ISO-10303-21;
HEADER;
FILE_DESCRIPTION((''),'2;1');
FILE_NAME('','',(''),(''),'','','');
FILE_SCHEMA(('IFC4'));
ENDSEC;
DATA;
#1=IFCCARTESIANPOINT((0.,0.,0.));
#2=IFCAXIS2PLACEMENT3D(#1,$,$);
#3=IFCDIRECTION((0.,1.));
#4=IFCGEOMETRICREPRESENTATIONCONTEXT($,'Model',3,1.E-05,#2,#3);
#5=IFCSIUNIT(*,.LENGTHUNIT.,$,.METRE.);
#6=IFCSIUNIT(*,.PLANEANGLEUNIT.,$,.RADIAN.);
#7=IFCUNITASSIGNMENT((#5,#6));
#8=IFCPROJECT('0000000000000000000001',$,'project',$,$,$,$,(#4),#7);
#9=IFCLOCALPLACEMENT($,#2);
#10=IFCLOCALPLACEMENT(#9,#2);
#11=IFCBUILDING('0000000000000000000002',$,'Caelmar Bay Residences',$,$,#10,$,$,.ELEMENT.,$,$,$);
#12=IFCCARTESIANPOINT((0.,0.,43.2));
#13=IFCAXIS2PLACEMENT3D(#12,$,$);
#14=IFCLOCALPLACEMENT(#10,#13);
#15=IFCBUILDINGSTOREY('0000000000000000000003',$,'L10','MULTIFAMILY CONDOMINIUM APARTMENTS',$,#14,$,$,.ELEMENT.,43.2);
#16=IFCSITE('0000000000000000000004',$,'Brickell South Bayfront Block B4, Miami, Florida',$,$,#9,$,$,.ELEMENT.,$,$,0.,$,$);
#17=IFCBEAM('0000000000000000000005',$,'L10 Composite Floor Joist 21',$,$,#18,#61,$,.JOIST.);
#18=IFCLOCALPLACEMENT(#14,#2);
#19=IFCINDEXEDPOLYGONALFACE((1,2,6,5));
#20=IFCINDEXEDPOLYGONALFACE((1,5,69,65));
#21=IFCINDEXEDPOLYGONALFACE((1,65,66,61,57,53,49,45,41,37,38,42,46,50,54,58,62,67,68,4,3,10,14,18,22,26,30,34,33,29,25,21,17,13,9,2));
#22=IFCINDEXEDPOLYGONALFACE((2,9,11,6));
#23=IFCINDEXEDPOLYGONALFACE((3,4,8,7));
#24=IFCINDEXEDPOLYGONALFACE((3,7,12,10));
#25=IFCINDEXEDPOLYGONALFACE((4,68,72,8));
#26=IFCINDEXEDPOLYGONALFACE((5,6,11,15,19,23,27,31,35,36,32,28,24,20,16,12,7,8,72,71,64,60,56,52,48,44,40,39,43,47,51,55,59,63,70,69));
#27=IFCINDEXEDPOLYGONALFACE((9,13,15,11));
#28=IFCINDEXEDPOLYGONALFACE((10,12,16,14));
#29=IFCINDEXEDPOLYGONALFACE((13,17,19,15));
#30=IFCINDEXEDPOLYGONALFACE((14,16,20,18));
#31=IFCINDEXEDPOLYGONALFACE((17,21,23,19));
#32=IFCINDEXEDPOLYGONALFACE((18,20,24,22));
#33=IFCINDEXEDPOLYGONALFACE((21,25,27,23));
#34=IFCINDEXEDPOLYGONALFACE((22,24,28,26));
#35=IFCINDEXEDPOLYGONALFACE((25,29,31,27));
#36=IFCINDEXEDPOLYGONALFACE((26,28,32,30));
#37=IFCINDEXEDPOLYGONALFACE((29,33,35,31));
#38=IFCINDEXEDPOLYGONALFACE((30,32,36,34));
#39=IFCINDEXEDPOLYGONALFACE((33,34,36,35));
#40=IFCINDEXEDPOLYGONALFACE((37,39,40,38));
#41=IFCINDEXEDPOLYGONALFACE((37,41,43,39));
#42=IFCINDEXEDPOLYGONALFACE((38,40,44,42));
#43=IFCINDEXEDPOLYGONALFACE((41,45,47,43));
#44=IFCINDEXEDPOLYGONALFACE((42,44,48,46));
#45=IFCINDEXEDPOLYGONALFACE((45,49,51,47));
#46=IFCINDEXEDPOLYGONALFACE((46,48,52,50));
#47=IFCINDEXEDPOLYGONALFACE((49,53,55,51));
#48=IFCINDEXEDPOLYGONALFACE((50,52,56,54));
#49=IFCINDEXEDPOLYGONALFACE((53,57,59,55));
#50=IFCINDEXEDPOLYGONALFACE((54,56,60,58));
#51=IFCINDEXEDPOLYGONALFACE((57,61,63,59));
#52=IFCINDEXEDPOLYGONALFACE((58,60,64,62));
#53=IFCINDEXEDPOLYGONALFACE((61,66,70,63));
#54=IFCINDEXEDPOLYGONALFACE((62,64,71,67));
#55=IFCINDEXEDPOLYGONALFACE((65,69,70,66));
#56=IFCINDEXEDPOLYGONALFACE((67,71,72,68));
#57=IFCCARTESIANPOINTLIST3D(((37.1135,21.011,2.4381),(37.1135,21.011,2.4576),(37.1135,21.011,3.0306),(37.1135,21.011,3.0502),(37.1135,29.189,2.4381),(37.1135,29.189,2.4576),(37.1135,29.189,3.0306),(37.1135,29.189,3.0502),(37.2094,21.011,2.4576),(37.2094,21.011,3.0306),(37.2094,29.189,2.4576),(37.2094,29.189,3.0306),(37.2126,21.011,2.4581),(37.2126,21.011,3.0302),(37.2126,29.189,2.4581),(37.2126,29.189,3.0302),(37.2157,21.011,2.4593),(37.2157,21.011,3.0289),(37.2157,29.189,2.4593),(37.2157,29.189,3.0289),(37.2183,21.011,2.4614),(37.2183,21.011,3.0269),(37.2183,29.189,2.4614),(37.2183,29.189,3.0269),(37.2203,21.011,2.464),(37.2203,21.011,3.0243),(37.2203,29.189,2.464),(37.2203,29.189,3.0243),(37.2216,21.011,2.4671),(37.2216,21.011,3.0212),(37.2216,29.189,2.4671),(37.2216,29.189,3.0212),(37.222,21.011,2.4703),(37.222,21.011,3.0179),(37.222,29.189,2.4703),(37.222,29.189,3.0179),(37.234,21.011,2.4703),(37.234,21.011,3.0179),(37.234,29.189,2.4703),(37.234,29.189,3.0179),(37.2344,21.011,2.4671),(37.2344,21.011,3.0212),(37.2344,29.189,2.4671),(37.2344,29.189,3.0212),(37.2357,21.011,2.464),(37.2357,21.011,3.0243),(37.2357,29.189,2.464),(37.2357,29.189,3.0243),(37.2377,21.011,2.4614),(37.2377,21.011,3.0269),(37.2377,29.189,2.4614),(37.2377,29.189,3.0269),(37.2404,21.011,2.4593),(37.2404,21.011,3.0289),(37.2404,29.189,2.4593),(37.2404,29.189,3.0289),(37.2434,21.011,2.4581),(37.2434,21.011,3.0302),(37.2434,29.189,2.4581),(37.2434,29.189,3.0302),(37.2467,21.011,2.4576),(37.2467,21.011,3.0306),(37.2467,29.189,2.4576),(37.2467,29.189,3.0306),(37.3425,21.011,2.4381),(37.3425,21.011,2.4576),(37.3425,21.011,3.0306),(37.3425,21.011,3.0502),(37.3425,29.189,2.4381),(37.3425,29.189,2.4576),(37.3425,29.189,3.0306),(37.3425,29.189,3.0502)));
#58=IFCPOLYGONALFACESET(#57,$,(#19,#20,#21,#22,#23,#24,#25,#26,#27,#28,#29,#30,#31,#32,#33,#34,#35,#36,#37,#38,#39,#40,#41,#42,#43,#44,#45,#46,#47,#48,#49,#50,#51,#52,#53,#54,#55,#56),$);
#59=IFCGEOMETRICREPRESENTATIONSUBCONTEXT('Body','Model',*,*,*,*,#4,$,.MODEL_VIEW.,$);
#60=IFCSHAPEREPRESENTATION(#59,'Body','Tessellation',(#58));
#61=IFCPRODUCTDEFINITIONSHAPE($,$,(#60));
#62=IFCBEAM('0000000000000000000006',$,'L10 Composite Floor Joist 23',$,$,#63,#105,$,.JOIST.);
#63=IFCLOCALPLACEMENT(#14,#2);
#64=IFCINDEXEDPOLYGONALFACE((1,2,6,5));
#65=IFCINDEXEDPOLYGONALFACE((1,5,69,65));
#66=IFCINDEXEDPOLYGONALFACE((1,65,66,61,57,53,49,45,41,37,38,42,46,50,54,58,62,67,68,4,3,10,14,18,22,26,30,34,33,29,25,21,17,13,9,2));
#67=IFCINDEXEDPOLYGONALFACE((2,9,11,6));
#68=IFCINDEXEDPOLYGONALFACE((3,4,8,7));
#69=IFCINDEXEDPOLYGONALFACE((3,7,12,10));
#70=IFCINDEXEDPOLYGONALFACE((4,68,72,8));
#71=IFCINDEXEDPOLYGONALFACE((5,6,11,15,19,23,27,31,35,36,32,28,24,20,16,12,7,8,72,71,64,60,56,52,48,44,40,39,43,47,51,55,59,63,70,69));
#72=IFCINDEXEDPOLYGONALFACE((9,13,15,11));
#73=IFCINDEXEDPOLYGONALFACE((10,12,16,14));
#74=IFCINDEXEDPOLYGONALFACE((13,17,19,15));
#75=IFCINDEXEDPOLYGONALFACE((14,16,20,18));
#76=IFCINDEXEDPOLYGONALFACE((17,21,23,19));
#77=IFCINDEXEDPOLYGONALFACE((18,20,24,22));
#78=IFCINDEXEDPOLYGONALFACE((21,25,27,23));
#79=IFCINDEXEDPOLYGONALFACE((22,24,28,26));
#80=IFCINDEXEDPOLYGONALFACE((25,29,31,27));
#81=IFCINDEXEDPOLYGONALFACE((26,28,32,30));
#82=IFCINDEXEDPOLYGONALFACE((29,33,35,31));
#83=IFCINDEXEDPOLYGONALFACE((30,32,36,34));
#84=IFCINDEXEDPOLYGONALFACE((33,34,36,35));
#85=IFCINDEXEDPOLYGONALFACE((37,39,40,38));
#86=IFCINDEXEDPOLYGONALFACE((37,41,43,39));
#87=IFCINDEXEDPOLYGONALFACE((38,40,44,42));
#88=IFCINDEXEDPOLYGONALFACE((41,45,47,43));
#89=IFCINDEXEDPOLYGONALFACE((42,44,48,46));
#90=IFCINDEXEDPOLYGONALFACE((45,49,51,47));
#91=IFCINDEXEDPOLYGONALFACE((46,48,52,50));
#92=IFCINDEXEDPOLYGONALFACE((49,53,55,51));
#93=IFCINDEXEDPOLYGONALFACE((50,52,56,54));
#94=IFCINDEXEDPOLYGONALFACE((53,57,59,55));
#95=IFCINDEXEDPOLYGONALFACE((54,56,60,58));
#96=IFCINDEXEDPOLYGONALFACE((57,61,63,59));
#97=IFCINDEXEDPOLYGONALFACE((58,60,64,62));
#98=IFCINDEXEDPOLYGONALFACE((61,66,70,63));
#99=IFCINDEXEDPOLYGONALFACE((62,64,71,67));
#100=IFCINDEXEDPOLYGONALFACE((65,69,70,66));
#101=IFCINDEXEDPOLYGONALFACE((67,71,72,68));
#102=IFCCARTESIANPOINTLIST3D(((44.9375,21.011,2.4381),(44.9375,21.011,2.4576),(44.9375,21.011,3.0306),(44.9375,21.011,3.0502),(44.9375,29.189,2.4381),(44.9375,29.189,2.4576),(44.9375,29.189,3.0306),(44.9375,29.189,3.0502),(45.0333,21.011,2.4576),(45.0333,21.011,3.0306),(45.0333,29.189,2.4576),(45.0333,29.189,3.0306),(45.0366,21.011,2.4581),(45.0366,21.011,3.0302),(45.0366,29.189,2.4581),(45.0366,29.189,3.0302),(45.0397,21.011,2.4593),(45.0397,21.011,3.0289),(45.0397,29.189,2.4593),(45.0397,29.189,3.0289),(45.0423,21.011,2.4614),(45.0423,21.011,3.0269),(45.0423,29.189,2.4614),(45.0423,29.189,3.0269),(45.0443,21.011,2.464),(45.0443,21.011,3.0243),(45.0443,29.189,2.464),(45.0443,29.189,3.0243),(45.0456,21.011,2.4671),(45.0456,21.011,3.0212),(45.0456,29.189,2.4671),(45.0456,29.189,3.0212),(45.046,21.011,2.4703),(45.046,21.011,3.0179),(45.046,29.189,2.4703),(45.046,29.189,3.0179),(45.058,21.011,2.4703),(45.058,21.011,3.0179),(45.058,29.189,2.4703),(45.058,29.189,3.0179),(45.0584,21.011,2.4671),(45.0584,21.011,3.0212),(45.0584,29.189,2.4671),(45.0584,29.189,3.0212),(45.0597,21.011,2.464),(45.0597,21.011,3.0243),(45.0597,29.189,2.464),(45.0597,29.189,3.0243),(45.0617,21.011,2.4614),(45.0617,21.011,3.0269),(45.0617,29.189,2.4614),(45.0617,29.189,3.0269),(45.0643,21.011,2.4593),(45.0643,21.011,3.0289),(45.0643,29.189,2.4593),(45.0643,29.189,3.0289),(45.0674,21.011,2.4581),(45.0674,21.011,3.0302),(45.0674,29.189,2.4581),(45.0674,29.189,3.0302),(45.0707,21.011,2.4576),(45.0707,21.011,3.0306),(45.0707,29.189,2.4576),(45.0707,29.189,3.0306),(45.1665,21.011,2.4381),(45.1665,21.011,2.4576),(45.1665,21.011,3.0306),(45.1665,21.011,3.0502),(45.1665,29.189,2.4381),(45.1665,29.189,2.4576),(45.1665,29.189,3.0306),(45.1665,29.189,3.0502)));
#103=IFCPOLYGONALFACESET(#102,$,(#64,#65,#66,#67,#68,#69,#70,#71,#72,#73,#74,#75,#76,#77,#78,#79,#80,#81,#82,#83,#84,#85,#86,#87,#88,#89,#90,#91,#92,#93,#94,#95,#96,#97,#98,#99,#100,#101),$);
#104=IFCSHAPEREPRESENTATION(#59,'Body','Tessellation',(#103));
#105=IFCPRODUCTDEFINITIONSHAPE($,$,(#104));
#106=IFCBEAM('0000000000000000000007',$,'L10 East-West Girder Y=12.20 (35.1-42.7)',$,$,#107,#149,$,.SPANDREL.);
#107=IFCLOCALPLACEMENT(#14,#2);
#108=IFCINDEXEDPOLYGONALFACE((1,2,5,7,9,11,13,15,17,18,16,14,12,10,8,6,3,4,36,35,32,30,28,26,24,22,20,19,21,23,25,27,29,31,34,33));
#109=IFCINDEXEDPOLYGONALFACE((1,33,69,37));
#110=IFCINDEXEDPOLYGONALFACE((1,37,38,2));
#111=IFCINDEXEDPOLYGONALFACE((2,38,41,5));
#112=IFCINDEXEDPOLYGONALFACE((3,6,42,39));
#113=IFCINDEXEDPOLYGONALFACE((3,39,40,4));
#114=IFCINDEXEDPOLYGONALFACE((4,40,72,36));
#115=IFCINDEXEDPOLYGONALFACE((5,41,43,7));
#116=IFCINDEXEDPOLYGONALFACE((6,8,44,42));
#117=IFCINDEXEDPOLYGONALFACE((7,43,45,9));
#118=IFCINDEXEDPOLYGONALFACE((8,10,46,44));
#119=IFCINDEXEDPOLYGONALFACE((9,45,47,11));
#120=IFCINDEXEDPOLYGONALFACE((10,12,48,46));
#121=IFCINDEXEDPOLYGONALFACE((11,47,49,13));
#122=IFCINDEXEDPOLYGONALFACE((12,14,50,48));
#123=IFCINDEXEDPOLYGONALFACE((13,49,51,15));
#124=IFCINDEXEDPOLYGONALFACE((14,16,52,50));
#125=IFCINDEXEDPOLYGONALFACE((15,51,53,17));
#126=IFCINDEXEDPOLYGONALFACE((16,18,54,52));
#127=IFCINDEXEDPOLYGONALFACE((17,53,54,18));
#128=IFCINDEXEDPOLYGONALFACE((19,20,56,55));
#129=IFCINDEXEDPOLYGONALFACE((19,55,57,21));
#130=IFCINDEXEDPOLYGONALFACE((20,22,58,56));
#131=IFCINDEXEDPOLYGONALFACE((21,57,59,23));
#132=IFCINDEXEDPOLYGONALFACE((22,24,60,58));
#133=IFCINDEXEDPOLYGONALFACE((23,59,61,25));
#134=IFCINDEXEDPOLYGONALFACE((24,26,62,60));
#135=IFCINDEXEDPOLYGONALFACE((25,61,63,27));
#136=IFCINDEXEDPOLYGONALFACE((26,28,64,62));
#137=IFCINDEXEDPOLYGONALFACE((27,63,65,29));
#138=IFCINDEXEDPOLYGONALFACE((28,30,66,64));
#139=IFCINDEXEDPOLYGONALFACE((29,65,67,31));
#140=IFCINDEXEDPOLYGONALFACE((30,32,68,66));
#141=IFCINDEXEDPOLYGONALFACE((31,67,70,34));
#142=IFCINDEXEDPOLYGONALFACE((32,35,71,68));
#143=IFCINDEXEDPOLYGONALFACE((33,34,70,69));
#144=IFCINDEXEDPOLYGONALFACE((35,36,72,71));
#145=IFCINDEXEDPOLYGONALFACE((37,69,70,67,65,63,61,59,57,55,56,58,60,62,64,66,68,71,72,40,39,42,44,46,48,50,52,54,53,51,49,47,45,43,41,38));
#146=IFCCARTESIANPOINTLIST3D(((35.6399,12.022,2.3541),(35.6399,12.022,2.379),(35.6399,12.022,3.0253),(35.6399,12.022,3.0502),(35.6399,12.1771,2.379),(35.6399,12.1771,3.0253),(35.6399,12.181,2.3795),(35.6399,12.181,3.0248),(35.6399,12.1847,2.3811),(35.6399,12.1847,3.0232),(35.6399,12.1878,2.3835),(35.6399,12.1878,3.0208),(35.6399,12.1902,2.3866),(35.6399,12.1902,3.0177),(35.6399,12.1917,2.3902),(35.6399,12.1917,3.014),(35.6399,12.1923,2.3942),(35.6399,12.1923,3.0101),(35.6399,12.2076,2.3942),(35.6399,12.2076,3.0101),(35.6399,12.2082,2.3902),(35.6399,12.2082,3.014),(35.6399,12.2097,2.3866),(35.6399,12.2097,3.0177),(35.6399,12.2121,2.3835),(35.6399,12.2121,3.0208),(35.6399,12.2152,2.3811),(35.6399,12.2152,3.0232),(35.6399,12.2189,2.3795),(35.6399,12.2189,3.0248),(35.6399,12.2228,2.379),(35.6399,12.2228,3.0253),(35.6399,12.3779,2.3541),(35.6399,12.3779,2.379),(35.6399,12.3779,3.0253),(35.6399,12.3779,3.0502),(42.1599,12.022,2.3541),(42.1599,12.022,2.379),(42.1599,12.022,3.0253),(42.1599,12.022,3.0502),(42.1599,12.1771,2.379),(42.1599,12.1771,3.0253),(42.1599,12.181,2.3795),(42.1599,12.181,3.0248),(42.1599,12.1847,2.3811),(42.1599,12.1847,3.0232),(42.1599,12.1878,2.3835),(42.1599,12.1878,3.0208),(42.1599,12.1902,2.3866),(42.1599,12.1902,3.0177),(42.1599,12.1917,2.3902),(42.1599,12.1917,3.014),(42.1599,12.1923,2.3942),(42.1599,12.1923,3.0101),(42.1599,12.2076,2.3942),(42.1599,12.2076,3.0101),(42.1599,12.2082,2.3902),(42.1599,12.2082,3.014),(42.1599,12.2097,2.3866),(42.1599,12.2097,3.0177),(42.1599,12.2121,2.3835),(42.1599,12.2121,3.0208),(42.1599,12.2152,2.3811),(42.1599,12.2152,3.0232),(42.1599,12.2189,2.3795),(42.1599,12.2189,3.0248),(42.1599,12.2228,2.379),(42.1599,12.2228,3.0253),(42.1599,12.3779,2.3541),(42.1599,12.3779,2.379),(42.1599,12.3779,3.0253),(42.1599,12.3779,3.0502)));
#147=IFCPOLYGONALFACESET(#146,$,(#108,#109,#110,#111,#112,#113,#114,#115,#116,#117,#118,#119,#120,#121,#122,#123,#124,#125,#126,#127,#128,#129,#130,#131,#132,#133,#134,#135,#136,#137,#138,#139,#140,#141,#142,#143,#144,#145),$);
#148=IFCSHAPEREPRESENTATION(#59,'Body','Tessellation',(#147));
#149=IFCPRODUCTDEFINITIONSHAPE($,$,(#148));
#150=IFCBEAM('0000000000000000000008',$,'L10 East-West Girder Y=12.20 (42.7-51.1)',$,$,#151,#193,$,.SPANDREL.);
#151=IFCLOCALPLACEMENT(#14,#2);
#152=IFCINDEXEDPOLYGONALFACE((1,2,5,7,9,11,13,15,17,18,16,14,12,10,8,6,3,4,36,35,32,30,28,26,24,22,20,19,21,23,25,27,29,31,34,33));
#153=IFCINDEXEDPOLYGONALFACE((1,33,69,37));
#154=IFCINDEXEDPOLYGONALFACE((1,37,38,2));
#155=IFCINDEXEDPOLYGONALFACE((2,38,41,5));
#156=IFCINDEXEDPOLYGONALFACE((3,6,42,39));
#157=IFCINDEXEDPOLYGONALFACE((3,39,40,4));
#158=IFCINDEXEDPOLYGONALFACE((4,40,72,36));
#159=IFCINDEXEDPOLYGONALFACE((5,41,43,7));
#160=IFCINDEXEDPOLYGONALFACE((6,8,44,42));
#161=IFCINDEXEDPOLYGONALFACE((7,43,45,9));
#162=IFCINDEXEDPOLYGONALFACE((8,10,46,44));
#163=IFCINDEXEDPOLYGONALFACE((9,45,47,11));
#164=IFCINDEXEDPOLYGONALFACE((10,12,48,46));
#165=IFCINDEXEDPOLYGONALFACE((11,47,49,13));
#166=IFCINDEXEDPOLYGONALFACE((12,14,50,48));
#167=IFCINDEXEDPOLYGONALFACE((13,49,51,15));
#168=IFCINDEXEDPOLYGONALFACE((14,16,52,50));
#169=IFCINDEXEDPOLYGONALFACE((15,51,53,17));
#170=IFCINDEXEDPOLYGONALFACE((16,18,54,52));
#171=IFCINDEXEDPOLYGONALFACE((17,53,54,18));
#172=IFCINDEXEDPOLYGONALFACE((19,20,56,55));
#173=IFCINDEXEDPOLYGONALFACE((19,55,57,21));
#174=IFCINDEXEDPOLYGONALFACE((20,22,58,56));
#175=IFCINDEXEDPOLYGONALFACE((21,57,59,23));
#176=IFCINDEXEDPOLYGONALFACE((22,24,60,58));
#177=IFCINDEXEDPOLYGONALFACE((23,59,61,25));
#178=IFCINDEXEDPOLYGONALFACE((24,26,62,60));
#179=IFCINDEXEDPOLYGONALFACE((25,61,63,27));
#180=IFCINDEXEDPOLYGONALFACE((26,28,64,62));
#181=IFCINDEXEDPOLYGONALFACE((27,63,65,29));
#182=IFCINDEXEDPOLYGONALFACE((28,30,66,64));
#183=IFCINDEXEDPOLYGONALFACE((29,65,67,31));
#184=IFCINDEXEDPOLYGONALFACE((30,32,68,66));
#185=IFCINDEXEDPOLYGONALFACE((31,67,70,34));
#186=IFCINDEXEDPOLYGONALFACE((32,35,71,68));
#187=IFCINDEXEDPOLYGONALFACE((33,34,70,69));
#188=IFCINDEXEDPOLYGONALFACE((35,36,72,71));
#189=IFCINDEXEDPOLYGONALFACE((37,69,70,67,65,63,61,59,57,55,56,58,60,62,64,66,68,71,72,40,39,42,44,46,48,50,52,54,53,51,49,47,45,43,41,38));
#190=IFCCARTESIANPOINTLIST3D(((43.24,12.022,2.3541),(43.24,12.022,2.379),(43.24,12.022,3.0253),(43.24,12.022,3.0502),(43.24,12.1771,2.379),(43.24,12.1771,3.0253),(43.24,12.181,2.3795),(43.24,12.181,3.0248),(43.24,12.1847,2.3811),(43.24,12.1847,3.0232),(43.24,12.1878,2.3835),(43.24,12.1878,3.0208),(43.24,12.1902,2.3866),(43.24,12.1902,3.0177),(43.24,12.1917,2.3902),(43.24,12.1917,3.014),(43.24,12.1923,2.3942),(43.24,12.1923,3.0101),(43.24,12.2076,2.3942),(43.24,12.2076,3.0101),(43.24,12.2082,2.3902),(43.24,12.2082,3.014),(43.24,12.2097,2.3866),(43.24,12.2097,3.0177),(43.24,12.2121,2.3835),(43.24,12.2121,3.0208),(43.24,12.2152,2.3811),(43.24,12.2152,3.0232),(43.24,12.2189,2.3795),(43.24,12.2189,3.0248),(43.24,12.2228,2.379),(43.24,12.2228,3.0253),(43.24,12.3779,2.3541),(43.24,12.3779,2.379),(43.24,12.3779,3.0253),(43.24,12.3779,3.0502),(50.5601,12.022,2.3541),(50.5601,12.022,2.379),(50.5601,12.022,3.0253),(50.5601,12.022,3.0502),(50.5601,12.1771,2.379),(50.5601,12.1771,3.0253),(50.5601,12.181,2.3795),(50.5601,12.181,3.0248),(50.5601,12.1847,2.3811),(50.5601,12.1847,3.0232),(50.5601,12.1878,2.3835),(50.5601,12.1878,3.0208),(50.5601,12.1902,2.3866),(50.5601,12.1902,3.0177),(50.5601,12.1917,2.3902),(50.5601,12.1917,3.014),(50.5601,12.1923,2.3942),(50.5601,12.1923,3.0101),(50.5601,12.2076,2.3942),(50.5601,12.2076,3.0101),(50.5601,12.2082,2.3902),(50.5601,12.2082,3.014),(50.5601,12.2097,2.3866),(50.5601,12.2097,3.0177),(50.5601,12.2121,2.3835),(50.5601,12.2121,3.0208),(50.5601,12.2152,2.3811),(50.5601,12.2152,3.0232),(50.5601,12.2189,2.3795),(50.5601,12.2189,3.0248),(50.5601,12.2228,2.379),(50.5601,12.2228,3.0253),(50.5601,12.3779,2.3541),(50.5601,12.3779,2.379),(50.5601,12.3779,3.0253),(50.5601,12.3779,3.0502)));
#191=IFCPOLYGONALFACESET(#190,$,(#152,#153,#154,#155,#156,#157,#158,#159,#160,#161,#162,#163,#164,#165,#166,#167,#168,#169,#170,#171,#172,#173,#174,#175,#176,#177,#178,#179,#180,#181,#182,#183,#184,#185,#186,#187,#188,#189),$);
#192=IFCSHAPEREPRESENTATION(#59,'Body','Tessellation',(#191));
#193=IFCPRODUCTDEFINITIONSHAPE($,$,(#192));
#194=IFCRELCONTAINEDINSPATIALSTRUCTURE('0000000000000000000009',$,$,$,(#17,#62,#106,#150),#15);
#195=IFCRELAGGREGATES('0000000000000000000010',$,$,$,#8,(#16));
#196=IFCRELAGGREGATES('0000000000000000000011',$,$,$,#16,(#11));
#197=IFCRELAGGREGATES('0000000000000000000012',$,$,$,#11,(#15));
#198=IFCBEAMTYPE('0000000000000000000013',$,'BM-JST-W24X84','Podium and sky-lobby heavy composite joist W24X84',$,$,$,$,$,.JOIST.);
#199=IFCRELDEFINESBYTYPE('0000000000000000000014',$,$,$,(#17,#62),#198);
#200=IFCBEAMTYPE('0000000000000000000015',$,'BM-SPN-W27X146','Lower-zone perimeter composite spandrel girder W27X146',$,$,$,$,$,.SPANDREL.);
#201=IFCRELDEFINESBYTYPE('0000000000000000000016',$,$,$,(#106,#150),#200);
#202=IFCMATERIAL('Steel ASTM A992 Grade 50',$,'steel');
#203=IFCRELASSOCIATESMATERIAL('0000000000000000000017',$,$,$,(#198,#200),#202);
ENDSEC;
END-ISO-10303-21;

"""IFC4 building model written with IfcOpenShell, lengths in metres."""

from ifc_helpers import new_model, si_unit, direction, frame, origin, origin_2d, place, context, subcontext, project, spatial, i_section, extrude, material, material_profile, profile_set, type_object, element, save


model = new_model("IFC4")

# Units and contexts
model_context = context("Model", 3, precision=1e-05, world=origin(), true_north=direction((0.0, 1.0)))
body_context = subcontext(model_context, "Body", "Model", "MODEL_VIEW")
ifc_project = project(units=[si_unit("LENGTHUNIT", "METRE"), si_unit("PLANEANGLEUNIT", "RADIAN")], contexts=[model_context])

# Site, building, storey
site_placement = place(None, origin())
site = spatial("IfcSite", under=ifc_project, at=site_placement, Name="Brickell South Bayfront Block B4, Miami, Florida", CompositionType="ELEMENT", RefElevation=0.0)
building_placement = place(site_placement, origin())
building = spatial("IfcBuilding", under=site, at=building_placement, Name="Caelmar Bay Residences", CompositionType="ELEMENT")
storey_placement = place(building_placement, frame((0.0, 0.0, 43.2)))
storey = spatial("IfcBuildingStorey", under=building, at=storey_placement, Name="L10", Description="MULTIFAMILY CONDOMINIUM APARTMENTS", CompositionType="ELEMENT", Elevation=43.2)

# Beams
ifc_material_1 = material(Name="Steel ASTM A992 Grade 50", Category="steel")
ifc_material_profile_1 = material_profile(ifc_material_1, i_section(OverallWidth=0.229, OverallDepth=0.6121, WebThickness=0.012, FlangeThickness=0.0195, FilletRadius=0.0127, at=origin_2d()), Name="W24X84")
ifc_profile_set_1 = profile_set([ifc_material_profile_1], Name="Steel ASTM A992 Grade 50")
beam_type_1 = type_object("IfcBeamType", Name="BM-JST-W24X84", Description="Podium and sky-lobby heavy composite joist W24X84", PredefinedType="JOIST", material=ifc_profile_set_1)
for number, where, z_axis, x_axis, name in (
    (1, (37.228, 21.011, 2.7441), (0.0, 1.0, 0.0), (-1.0, 0.0, 0.0), "L10 Composite Floor Joist 21"),
    (2, (45.052, 21.011, 2.7441), (0.0, 1.0, 0.0), (-1.0, 0.0, 0.0), "L10 Composite Floor Joist 23"),
):
    element("IfcBeam", number, at=place(storey_placement, frame(where, z_axis=z_axis, x_axis=x_axis)), inside=storey, type_object=beam_type_1, Name=name, PredefinedType="JOIST", context=body_context, shape_type="SweptSolid", body=[
        extrude(i_section(OverallWidth=0.229, OverallDepth=0.6121, WebThickness=0.012, FlangeThickness=0.0195, FilletRadius=0.0127, at=origin_2d()), origin(), (0.0, 0.0, 1.0), 8.178),
    ])
ifc_material_profile_2 = material_profile(ifc_material_1, i_section(OverallWidth=0.356, OverallDepth=0.696, WebThickness=0.0154, FlangeThickness=0.0249, FilletRadius=0.0151, at=origin_2d()), Name="W27X146")
ifc_profile_set_2 = profile_set([ifc_material_profile_2], Name="Steel ASTM A992 Grade 50")
beam_type_2 = type_object("IfcBeamType", Name="BM-SPN-W27X146", Description="Lower-zone perimeter composite spandrel girder W27X146", PredefinedType="SPANDREL", material=ifc_profile_set_2)
beam_1_placement = place(storey_placement, frame((35.6399, 12.2, 2.7021), z_axis=(1.0, 0.0, 0.0), x_axis=(0.0, 1.0, 0.0)))
element("IfcBeam", 3, at=beam_1_placement, inside=storey, type_object=beam_type_2, Name="L10 East-West Girder Y=12.20 (35.1-42.7)", PredefinedType="SPANDREL", context=body_context, shape_type="SweptSolid", body=[
    extrude(i_section(OverallWidth=0.356, OverallDepth=0.696, WebThickness=0.0154, FlangeThickness=0.0249, FilletRadius=0.0151, at=origin_2d()), origin(), (0.0, 0.0, 1.0), 6.52),
])
beam_2_placement = place(storey_placement, frame((43.24, 12.2, 2.7021), z_axis=(1.0, 0.0, 0.0), x_axis=(0.0, 1.0, 0.0)))
element("IfcBeam", 4, at=beam_2_placement, inside=storey, type_object=beam_type_2, Name="L10 East-West Girder Y=12.20 (42.7-51.1)", PredefinedType="SPANDREL", context=body_context, shape_type="SweptSolid", body=[
    extrude(i_section(OverallWidth=0.356, OverallDepth=0.696, WebThickness=0.0154, FlangeThickness=0.0249, FilletRadius=0.0151, at=origin_2d()), origin(), (0.0, 0.0, 1.0), 7.3201),
])

save(model, "model.ifc")
